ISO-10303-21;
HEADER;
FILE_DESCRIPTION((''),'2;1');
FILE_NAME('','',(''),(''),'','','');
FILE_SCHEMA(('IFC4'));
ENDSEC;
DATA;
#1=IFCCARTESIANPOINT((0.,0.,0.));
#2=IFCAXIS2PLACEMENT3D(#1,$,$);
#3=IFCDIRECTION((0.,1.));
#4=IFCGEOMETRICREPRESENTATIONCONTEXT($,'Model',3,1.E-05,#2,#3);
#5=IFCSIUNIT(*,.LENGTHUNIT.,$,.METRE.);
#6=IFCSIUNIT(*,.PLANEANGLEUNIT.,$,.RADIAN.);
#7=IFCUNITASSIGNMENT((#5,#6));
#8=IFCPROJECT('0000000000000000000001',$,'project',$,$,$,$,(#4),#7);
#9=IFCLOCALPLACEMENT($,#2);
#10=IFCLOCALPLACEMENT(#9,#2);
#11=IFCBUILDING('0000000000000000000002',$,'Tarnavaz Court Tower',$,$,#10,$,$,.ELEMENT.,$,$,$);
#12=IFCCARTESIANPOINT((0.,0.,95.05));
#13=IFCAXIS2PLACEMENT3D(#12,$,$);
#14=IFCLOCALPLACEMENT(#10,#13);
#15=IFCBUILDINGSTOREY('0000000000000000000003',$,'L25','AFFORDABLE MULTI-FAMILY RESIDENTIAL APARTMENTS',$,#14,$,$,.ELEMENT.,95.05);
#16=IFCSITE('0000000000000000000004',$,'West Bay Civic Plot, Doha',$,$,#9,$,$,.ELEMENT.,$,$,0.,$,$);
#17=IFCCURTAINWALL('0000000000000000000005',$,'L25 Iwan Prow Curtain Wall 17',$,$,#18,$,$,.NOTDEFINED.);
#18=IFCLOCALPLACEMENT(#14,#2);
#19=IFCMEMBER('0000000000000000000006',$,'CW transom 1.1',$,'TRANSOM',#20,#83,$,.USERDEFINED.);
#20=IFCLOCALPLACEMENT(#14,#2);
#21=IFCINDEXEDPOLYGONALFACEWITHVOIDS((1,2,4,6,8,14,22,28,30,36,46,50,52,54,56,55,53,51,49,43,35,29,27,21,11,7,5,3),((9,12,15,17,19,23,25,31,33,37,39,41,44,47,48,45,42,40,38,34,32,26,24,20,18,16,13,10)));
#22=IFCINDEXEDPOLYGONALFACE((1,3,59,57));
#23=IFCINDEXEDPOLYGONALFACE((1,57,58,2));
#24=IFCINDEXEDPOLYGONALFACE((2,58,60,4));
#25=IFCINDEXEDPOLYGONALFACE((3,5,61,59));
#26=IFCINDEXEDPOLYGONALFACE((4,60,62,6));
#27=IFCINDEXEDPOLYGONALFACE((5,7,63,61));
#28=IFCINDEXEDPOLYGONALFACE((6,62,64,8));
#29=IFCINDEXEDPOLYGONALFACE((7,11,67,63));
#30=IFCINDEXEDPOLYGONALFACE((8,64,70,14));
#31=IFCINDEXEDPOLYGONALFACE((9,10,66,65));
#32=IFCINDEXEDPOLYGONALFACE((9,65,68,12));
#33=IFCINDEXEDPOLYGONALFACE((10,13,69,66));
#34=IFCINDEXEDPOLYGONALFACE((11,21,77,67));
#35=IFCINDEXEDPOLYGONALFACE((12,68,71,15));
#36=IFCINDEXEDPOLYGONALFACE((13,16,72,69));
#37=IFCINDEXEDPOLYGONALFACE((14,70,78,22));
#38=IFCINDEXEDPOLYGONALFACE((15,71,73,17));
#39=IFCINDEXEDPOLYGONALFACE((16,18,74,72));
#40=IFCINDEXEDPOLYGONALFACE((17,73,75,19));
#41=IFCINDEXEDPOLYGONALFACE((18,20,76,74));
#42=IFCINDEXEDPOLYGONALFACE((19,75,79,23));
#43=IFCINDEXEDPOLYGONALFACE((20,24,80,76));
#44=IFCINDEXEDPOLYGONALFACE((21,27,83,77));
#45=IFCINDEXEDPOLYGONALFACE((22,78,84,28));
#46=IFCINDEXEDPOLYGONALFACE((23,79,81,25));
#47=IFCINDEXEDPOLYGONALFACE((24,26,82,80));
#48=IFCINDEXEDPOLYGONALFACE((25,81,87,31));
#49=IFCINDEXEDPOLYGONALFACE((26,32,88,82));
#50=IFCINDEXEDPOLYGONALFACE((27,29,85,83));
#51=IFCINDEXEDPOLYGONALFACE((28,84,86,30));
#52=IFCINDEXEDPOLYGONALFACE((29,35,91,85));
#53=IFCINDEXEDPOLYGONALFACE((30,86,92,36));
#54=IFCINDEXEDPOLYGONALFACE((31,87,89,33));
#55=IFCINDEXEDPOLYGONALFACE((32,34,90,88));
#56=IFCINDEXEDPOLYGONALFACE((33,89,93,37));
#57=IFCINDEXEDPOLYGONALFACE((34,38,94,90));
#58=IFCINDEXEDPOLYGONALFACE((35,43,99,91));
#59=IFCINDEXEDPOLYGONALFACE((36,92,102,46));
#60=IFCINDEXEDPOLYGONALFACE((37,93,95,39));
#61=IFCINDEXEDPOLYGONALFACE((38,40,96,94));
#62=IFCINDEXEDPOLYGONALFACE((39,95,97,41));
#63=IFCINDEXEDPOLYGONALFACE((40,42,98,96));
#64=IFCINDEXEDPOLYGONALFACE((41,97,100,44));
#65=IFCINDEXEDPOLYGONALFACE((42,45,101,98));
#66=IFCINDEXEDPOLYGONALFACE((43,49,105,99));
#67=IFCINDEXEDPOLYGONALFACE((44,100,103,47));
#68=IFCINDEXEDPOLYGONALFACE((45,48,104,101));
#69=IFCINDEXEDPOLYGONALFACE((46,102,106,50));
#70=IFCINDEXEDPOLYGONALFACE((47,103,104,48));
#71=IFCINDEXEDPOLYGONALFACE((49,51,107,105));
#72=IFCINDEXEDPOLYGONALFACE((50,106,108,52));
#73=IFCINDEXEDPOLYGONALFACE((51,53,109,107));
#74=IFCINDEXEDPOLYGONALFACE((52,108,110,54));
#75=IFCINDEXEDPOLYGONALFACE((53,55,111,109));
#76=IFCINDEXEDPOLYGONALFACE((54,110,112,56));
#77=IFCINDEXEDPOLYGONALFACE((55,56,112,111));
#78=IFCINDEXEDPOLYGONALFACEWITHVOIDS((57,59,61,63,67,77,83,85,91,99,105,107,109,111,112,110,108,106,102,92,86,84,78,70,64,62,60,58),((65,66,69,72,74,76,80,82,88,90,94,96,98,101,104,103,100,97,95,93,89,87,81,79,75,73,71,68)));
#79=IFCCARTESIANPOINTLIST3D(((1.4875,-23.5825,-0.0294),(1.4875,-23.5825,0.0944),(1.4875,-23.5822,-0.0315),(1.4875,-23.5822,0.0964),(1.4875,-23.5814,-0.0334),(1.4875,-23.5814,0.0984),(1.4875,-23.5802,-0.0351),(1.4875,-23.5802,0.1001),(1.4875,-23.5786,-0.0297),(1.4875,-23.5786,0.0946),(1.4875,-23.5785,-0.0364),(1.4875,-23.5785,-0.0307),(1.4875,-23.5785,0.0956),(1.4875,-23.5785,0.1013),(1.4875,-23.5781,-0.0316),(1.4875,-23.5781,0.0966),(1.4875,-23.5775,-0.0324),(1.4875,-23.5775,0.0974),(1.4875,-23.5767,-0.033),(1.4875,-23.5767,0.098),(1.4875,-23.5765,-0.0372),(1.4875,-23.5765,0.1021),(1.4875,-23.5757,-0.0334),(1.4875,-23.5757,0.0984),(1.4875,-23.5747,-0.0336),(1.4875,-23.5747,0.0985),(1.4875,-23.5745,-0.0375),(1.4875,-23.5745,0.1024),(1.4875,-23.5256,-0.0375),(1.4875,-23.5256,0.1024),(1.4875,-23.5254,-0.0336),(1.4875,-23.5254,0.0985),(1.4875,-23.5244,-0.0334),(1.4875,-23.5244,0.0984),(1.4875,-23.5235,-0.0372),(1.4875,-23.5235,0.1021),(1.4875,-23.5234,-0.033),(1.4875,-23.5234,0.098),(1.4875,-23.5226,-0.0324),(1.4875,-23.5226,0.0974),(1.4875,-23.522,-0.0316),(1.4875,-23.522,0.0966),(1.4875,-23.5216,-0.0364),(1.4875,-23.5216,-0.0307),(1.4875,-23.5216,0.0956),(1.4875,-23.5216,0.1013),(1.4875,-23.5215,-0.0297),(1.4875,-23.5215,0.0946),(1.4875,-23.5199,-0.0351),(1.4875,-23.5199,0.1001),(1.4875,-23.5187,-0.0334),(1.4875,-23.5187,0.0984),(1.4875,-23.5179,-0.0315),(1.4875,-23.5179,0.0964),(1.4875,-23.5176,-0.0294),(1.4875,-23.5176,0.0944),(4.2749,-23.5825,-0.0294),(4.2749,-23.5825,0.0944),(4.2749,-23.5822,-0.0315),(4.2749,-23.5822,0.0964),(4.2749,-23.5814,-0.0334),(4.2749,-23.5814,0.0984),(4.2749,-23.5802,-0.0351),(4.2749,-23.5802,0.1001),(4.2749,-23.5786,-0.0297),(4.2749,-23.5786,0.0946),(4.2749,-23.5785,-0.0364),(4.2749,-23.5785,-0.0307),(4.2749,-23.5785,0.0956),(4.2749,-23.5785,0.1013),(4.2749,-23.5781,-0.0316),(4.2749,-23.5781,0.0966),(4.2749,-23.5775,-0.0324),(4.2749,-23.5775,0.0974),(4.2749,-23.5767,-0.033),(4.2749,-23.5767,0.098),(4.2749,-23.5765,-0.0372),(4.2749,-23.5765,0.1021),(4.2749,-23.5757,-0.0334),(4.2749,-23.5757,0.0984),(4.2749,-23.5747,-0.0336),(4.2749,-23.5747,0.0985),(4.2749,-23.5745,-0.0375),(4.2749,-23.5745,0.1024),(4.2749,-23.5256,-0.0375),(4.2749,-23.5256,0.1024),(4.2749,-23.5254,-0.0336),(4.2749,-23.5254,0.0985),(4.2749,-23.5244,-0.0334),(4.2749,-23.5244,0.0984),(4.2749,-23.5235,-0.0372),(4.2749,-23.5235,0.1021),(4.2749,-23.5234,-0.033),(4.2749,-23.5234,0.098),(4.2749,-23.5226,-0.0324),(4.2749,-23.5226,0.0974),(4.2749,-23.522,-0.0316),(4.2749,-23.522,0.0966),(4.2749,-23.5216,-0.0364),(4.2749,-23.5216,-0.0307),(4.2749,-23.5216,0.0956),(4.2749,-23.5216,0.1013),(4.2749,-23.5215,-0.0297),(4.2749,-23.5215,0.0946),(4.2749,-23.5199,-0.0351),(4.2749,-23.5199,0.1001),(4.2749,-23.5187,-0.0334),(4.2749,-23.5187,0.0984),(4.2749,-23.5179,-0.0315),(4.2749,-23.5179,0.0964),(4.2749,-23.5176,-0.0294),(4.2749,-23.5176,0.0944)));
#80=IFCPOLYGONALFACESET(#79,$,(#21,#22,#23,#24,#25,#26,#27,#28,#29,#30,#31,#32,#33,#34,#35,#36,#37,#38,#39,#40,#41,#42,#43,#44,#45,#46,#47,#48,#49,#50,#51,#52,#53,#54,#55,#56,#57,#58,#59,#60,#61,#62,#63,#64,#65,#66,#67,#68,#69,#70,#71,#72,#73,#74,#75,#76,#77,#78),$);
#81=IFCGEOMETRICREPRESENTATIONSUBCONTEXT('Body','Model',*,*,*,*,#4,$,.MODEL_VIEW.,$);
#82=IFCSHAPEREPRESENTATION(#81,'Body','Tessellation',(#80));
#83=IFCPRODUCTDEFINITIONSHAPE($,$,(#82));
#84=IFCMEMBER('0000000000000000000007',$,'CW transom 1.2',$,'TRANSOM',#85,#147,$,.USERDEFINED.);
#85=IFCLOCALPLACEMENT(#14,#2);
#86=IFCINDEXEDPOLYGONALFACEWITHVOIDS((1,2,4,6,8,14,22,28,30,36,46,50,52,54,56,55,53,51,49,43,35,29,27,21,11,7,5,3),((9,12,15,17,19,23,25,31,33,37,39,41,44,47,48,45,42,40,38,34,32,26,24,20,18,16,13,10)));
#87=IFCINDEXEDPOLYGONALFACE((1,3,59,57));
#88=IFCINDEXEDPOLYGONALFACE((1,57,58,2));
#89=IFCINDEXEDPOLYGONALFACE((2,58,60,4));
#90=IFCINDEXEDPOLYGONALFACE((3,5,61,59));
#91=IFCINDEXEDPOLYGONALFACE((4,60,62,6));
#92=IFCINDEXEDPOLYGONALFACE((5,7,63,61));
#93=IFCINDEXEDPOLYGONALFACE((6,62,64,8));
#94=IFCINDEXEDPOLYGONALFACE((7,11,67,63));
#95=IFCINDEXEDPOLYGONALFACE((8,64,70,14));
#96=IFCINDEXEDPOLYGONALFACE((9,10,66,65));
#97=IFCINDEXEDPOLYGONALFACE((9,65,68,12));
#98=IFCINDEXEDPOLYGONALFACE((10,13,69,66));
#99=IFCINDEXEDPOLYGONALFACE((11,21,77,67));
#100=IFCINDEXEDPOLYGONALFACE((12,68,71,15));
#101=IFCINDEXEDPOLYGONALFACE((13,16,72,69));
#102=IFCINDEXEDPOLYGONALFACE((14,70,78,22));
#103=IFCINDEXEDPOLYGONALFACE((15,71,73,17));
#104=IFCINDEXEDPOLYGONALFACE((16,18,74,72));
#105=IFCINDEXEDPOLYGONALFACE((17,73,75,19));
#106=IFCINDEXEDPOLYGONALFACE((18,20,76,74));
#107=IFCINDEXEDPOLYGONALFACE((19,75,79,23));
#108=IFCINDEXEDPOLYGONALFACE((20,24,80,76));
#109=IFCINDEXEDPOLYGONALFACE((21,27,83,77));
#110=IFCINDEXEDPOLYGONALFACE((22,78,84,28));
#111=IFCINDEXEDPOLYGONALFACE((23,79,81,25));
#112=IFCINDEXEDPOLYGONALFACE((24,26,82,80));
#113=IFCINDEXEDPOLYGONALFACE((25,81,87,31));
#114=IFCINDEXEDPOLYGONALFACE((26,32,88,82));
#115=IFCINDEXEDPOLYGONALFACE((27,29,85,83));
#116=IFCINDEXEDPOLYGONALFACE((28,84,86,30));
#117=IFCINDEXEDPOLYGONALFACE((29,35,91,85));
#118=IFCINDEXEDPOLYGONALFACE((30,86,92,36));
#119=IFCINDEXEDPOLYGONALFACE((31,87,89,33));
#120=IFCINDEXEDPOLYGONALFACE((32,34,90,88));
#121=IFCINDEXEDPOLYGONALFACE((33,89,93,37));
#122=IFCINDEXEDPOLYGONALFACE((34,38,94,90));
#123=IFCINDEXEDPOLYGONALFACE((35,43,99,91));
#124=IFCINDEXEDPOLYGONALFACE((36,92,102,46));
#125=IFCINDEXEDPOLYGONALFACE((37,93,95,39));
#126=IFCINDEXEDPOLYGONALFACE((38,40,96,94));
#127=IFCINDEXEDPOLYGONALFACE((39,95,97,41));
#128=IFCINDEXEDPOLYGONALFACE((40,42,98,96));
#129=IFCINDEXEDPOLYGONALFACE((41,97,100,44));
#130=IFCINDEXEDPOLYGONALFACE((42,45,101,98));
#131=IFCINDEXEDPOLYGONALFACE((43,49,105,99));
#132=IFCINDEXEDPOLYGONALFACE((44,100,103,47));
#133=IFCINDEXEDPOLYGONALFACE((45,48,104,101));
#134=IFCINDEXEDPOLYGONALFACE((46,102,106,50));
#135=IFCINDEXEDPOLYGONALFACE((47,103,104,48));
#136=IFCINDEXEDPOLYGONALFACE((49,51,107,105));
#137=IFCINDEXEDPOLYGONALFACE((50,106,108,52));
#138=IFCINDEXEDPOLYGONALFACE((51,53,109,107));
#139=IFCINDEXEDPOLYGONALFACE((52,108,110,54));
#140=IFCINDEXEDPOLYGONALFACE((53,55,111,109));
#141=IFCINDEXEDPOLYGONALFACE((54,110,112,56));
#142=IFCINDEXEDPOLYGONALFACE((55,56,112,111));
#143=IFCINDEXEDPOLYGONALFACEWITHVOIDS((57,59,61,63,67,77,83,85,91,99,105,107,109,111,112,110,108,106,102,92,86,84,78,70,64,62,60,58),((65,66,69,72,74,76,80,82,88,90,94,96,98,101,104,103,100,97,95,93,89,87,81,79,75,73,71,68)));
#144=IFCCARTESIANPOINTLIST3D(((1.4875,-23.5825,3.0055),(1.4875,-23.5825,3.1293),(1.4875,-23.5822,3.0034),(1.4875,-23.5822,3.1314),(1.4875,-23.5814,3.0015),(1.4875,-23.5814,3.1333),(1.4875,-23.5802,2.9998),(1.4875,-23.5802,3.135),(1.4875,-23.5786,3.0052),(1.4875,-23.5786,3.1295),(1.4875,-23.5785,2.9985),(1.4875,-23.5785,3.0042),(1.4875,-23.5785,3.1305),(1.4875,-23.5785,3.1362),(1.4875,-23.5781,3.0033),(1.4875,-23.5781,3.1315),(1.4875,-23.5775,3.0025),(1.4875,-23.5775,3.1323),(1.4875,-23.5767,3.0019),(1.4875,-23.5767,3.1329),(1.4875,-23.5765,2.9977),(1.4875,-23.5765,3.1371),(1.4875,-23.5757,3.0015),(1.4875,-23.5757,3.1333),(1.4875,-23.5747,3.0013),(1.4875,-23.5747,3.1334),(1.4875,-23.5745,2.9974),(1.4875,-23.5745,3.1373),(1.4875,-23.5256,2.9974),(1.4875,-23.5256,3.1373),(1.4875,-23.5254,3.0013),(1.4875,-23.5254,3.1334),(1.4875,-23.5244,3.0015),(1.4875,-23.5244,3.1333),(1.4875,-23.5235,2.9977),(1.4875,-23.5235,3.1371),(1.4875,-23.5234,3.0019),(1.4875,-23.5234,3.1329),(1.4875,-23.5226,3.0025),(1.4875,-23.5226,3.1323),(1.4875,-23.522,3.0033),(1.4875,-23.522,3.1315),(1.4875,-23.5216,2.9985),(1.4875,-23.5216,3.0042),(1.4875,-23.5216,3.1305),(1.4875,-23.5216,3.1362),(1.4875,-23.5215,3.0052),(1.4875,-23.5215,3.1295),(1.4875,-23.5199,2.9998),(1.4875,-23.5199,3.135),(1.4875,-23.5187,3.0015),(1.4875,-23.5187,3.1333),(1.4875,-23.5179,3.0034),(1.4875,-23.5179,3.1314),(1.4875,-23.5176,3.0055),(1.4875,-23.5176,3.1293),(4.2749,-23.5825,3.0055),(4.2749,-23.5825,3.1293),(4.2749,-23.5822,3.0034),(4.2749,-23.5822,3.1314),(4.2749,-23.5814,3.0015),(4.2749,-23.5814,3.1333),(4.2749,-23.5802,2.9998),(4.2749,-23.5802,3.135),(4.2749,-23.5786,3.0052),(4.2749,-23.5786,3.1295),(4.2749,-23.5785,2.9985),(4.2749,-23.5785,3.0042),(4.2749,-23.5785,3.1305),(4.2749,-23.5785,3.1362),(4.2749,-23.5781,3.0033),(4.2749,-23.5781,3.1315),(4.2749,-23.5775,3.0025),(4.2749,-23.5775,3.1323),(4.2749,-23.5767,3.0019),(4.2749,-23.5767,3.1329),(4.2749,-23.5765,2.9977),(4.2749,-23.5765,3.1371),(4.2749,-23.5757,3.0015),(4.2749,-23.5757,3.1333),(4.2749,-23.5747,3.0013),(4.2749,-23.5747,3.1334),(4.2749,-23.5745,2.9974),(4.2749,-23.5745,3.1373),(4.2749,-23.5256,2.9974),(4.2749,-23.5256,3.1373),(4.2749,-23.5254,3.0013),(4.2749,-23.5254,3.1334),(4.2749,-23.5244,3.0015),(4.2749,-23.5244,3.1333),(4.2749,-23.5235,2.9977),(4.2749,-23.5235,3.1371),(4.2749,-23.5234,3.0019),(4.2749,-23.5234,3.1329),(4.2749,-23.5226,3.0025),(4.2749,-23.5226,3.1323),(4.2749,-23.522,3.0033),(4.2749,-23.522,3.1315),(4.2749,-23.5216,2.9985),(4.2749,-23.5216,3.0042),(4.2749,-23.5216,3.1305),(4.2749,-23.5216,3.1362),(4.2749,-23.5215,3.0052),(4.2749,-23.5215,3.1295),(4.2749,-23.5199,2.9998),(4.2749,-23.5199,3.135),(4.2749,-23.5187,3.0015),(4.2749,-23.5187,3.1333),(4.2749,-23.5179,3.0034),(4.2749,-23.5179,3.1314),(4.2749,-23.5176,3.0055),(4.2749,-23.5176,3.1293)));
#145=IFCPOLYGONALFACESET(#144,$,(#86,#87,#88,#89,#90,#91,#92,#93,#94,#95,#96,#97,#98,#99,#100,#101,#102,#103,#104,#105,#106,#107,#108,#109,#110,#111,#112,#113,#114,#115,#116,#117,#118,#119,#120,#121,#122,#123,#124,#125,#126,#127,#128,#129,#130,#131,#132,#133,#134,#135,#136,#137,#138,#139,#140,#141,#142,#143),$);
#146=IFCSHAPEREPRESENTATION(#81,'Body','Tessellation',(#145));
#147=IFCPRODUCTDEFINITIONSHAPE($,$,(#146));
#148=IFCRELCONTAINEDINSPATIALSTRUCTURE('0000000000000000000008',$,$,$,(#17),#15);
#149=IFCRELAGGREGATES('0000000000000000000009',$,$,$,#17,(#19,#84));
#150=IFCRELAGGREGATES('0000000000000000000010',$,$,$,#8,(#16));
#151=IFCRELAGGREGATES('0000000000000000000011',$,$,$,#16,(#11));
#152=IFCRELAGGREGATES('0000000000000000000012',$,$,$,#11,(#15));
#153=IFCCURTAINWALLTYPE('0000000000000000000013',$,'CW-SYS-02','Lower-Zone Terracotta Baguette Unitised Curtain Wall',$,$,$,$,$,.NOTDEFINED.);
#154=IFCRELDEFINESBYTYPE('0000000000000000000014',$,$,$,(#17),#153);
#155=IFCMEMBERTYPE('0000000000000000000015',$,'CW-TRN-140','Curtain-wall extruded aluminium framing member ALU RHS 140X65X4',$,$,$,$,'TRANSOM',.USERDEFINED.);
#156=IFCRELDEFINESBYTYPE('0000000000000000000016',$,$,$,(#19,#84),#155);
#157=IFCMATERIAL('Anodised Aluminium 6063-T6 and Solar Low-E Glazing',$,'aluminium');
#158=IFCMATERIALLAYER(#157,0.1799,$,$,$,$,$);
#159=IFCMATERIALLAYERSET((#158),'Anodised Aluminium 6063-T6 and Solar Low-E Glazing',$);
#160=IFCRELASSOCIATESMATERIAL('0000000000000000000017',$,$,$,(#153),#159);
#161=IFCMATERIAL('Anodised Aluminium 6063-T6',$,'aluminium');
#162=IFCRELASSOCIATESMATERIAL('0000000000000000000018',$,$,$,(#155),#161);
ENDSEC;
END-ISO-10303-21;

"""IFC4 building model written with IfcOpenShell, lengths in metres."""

from ifc_helpers import new_model, si_unit, direction, frame, origin, origin_2d, place, context, subcontext, project, spatial, hollow_rectangle, extrude, material, layer, layer_set, material_profile, profile_set, type_object, element, aggregate, save


model = new_model("IFC4")

# Units and contexts
model_context = context("Model", 3, precision=1e-05, world=origin(), true_north=direction((0.0, 1.0)))
body_context = subcontext(model_context, "Body", "Model", "MODEL_VIEW")
ifc_project = project(units=[si_unit("LENGTHUNIT", "METRE"), si_unit("PLANEANGLEUNIT", "RADIAN")], contexts=[model_context])

# Site, building, storey
site_placement = place(None, origin())
site = spatial("IfcSite", under=ifc_project, at=site_placement, Name="West Bay Civic Plot, Doha", CompositionType="ELEMENT", RefElevation=0.0)
building_placement = place(site_placement, origin())
building = spatial("IfcBuilding", under=site, at=building_placement, Name="Tarnavaz Court Tower", CompositionType="ELEMENT")
storey_placement = place(building_placement, frame((0.0, 0.0, 95.05)))
storey = spatial("IfcBuildingStorey", under=building, at=storey_placement, Name="L25", Description="AFFORDABLE MULTI-FAMILY RESIDENTIAL APARTMENTS", CompositionType="ELEMENT", Elevation=95.05)

# Curtain wall, members
ifc_material_1 = material(Name="Anodised Aluminium 6063-T6 and Solar Low-E Glazing", Category="aluminium")
ifc_layer_1 = layer(ifc_material_1, 0.1799)
ifc_layer_set_1 = layer_set([ifc_layer_1], Name="Anodised Aluminium 6063-T6 and Solar Low-E Glazing")
curtain_wall_type = type_object("IfcCurtainWallType", Name="CW-SYS-02", Description="Lower-Zone Terracotta Baguette Unitised Curtain Wall", PredefinedType="NOTDEFINED", material=ifc_layer_set_1)
curtain_wall_placement = place(storey_placement, origin())
curtain_wall = element("IfcCurtainWall", 1, at=curtain_wall_placement, inside=storey, type_object=curtain_wall_type, Name="L25 Iwan Prow Curtain Wall 17", PredefinedType="NOTDEFINED")
ifc_material_2 = material(Name="Anodised Aluminium 6063-T6", Category="aluminium")
ifc_material_profile_1 = material_profile(ifc_material_2, hollow_rectangle(XDim=0.0649, YDim=0.1399, WallThickness=0.0039, InnerFilletRadius=0.0039, OuterFilletRadius=0.0081, at=origin_2d()), Name="ALU RHS 140X65X4")
ifc_profile_set_1 = profile_set([ifc_material_profile_1], Name="Anodised Aluminium 6063-T6")
member_type_1 = type_object("IfcMemberType", Name="CW-TRN-140", Description="Curtain-wall extruded aluminium framing member ALU RHS 140X65X4", ElementType="TRANSOM", PredefinedType="USERDEFINED", material=ifc_profile_set_1)
member_1_placement = place(storey_placement, frame((4.2749, -23.55, 0.0325), z_axis=(-1.0, 0.0, 0.0), x_axis=(0.0, -1.0, 0.0)))
member_1 = element("IfcMember", 2, at=member_1_placement, type_object=member_type_1, Name="CW transom 1.1", ObjectType="TRANSOM", PredefinedType="USERDEFINED", context=body_context, shape_type="SweptSolid", body=[
    extrude(hollow_rectangle(XDim=0.0649, YDim=0.1399, WallThickness=0.0039, InnerFilletRadius=0.0039, OuterFilletRadius=0.0081, at=origin_2d()), origin(), (0.0, 0.0, 1.0), 2.7874),
])
member_2_placement = place(storey_placement, frame((4.2749, -23.55, 3.0674), z_axis=(-1.0, 0.0, 0.0), x_axis=(0.0, -1.0, 0.0)))
member_2 = element("IfcMember", 3, at=member_2_placement, type_object=member_type_1, Name="CW transom 1.2", ObjectType="TRANSOM", PredefinedType="USERDEFINED", context=body_context, shape_type="SweptSolid", body=[
    extrude(hollow_rectangle(XDim=0.0649, YDim=0.1399, WallThickness=0.0039, InnerFilletRadius=0.0039, OuterFilletRadius=0.0081, at=origin_2d()), origin(), (0.0, 0.0, 1.0), 2.7874),
])
aggregate(curtain_wall, [member_1, member_2])

save(model, "model.ifc")
